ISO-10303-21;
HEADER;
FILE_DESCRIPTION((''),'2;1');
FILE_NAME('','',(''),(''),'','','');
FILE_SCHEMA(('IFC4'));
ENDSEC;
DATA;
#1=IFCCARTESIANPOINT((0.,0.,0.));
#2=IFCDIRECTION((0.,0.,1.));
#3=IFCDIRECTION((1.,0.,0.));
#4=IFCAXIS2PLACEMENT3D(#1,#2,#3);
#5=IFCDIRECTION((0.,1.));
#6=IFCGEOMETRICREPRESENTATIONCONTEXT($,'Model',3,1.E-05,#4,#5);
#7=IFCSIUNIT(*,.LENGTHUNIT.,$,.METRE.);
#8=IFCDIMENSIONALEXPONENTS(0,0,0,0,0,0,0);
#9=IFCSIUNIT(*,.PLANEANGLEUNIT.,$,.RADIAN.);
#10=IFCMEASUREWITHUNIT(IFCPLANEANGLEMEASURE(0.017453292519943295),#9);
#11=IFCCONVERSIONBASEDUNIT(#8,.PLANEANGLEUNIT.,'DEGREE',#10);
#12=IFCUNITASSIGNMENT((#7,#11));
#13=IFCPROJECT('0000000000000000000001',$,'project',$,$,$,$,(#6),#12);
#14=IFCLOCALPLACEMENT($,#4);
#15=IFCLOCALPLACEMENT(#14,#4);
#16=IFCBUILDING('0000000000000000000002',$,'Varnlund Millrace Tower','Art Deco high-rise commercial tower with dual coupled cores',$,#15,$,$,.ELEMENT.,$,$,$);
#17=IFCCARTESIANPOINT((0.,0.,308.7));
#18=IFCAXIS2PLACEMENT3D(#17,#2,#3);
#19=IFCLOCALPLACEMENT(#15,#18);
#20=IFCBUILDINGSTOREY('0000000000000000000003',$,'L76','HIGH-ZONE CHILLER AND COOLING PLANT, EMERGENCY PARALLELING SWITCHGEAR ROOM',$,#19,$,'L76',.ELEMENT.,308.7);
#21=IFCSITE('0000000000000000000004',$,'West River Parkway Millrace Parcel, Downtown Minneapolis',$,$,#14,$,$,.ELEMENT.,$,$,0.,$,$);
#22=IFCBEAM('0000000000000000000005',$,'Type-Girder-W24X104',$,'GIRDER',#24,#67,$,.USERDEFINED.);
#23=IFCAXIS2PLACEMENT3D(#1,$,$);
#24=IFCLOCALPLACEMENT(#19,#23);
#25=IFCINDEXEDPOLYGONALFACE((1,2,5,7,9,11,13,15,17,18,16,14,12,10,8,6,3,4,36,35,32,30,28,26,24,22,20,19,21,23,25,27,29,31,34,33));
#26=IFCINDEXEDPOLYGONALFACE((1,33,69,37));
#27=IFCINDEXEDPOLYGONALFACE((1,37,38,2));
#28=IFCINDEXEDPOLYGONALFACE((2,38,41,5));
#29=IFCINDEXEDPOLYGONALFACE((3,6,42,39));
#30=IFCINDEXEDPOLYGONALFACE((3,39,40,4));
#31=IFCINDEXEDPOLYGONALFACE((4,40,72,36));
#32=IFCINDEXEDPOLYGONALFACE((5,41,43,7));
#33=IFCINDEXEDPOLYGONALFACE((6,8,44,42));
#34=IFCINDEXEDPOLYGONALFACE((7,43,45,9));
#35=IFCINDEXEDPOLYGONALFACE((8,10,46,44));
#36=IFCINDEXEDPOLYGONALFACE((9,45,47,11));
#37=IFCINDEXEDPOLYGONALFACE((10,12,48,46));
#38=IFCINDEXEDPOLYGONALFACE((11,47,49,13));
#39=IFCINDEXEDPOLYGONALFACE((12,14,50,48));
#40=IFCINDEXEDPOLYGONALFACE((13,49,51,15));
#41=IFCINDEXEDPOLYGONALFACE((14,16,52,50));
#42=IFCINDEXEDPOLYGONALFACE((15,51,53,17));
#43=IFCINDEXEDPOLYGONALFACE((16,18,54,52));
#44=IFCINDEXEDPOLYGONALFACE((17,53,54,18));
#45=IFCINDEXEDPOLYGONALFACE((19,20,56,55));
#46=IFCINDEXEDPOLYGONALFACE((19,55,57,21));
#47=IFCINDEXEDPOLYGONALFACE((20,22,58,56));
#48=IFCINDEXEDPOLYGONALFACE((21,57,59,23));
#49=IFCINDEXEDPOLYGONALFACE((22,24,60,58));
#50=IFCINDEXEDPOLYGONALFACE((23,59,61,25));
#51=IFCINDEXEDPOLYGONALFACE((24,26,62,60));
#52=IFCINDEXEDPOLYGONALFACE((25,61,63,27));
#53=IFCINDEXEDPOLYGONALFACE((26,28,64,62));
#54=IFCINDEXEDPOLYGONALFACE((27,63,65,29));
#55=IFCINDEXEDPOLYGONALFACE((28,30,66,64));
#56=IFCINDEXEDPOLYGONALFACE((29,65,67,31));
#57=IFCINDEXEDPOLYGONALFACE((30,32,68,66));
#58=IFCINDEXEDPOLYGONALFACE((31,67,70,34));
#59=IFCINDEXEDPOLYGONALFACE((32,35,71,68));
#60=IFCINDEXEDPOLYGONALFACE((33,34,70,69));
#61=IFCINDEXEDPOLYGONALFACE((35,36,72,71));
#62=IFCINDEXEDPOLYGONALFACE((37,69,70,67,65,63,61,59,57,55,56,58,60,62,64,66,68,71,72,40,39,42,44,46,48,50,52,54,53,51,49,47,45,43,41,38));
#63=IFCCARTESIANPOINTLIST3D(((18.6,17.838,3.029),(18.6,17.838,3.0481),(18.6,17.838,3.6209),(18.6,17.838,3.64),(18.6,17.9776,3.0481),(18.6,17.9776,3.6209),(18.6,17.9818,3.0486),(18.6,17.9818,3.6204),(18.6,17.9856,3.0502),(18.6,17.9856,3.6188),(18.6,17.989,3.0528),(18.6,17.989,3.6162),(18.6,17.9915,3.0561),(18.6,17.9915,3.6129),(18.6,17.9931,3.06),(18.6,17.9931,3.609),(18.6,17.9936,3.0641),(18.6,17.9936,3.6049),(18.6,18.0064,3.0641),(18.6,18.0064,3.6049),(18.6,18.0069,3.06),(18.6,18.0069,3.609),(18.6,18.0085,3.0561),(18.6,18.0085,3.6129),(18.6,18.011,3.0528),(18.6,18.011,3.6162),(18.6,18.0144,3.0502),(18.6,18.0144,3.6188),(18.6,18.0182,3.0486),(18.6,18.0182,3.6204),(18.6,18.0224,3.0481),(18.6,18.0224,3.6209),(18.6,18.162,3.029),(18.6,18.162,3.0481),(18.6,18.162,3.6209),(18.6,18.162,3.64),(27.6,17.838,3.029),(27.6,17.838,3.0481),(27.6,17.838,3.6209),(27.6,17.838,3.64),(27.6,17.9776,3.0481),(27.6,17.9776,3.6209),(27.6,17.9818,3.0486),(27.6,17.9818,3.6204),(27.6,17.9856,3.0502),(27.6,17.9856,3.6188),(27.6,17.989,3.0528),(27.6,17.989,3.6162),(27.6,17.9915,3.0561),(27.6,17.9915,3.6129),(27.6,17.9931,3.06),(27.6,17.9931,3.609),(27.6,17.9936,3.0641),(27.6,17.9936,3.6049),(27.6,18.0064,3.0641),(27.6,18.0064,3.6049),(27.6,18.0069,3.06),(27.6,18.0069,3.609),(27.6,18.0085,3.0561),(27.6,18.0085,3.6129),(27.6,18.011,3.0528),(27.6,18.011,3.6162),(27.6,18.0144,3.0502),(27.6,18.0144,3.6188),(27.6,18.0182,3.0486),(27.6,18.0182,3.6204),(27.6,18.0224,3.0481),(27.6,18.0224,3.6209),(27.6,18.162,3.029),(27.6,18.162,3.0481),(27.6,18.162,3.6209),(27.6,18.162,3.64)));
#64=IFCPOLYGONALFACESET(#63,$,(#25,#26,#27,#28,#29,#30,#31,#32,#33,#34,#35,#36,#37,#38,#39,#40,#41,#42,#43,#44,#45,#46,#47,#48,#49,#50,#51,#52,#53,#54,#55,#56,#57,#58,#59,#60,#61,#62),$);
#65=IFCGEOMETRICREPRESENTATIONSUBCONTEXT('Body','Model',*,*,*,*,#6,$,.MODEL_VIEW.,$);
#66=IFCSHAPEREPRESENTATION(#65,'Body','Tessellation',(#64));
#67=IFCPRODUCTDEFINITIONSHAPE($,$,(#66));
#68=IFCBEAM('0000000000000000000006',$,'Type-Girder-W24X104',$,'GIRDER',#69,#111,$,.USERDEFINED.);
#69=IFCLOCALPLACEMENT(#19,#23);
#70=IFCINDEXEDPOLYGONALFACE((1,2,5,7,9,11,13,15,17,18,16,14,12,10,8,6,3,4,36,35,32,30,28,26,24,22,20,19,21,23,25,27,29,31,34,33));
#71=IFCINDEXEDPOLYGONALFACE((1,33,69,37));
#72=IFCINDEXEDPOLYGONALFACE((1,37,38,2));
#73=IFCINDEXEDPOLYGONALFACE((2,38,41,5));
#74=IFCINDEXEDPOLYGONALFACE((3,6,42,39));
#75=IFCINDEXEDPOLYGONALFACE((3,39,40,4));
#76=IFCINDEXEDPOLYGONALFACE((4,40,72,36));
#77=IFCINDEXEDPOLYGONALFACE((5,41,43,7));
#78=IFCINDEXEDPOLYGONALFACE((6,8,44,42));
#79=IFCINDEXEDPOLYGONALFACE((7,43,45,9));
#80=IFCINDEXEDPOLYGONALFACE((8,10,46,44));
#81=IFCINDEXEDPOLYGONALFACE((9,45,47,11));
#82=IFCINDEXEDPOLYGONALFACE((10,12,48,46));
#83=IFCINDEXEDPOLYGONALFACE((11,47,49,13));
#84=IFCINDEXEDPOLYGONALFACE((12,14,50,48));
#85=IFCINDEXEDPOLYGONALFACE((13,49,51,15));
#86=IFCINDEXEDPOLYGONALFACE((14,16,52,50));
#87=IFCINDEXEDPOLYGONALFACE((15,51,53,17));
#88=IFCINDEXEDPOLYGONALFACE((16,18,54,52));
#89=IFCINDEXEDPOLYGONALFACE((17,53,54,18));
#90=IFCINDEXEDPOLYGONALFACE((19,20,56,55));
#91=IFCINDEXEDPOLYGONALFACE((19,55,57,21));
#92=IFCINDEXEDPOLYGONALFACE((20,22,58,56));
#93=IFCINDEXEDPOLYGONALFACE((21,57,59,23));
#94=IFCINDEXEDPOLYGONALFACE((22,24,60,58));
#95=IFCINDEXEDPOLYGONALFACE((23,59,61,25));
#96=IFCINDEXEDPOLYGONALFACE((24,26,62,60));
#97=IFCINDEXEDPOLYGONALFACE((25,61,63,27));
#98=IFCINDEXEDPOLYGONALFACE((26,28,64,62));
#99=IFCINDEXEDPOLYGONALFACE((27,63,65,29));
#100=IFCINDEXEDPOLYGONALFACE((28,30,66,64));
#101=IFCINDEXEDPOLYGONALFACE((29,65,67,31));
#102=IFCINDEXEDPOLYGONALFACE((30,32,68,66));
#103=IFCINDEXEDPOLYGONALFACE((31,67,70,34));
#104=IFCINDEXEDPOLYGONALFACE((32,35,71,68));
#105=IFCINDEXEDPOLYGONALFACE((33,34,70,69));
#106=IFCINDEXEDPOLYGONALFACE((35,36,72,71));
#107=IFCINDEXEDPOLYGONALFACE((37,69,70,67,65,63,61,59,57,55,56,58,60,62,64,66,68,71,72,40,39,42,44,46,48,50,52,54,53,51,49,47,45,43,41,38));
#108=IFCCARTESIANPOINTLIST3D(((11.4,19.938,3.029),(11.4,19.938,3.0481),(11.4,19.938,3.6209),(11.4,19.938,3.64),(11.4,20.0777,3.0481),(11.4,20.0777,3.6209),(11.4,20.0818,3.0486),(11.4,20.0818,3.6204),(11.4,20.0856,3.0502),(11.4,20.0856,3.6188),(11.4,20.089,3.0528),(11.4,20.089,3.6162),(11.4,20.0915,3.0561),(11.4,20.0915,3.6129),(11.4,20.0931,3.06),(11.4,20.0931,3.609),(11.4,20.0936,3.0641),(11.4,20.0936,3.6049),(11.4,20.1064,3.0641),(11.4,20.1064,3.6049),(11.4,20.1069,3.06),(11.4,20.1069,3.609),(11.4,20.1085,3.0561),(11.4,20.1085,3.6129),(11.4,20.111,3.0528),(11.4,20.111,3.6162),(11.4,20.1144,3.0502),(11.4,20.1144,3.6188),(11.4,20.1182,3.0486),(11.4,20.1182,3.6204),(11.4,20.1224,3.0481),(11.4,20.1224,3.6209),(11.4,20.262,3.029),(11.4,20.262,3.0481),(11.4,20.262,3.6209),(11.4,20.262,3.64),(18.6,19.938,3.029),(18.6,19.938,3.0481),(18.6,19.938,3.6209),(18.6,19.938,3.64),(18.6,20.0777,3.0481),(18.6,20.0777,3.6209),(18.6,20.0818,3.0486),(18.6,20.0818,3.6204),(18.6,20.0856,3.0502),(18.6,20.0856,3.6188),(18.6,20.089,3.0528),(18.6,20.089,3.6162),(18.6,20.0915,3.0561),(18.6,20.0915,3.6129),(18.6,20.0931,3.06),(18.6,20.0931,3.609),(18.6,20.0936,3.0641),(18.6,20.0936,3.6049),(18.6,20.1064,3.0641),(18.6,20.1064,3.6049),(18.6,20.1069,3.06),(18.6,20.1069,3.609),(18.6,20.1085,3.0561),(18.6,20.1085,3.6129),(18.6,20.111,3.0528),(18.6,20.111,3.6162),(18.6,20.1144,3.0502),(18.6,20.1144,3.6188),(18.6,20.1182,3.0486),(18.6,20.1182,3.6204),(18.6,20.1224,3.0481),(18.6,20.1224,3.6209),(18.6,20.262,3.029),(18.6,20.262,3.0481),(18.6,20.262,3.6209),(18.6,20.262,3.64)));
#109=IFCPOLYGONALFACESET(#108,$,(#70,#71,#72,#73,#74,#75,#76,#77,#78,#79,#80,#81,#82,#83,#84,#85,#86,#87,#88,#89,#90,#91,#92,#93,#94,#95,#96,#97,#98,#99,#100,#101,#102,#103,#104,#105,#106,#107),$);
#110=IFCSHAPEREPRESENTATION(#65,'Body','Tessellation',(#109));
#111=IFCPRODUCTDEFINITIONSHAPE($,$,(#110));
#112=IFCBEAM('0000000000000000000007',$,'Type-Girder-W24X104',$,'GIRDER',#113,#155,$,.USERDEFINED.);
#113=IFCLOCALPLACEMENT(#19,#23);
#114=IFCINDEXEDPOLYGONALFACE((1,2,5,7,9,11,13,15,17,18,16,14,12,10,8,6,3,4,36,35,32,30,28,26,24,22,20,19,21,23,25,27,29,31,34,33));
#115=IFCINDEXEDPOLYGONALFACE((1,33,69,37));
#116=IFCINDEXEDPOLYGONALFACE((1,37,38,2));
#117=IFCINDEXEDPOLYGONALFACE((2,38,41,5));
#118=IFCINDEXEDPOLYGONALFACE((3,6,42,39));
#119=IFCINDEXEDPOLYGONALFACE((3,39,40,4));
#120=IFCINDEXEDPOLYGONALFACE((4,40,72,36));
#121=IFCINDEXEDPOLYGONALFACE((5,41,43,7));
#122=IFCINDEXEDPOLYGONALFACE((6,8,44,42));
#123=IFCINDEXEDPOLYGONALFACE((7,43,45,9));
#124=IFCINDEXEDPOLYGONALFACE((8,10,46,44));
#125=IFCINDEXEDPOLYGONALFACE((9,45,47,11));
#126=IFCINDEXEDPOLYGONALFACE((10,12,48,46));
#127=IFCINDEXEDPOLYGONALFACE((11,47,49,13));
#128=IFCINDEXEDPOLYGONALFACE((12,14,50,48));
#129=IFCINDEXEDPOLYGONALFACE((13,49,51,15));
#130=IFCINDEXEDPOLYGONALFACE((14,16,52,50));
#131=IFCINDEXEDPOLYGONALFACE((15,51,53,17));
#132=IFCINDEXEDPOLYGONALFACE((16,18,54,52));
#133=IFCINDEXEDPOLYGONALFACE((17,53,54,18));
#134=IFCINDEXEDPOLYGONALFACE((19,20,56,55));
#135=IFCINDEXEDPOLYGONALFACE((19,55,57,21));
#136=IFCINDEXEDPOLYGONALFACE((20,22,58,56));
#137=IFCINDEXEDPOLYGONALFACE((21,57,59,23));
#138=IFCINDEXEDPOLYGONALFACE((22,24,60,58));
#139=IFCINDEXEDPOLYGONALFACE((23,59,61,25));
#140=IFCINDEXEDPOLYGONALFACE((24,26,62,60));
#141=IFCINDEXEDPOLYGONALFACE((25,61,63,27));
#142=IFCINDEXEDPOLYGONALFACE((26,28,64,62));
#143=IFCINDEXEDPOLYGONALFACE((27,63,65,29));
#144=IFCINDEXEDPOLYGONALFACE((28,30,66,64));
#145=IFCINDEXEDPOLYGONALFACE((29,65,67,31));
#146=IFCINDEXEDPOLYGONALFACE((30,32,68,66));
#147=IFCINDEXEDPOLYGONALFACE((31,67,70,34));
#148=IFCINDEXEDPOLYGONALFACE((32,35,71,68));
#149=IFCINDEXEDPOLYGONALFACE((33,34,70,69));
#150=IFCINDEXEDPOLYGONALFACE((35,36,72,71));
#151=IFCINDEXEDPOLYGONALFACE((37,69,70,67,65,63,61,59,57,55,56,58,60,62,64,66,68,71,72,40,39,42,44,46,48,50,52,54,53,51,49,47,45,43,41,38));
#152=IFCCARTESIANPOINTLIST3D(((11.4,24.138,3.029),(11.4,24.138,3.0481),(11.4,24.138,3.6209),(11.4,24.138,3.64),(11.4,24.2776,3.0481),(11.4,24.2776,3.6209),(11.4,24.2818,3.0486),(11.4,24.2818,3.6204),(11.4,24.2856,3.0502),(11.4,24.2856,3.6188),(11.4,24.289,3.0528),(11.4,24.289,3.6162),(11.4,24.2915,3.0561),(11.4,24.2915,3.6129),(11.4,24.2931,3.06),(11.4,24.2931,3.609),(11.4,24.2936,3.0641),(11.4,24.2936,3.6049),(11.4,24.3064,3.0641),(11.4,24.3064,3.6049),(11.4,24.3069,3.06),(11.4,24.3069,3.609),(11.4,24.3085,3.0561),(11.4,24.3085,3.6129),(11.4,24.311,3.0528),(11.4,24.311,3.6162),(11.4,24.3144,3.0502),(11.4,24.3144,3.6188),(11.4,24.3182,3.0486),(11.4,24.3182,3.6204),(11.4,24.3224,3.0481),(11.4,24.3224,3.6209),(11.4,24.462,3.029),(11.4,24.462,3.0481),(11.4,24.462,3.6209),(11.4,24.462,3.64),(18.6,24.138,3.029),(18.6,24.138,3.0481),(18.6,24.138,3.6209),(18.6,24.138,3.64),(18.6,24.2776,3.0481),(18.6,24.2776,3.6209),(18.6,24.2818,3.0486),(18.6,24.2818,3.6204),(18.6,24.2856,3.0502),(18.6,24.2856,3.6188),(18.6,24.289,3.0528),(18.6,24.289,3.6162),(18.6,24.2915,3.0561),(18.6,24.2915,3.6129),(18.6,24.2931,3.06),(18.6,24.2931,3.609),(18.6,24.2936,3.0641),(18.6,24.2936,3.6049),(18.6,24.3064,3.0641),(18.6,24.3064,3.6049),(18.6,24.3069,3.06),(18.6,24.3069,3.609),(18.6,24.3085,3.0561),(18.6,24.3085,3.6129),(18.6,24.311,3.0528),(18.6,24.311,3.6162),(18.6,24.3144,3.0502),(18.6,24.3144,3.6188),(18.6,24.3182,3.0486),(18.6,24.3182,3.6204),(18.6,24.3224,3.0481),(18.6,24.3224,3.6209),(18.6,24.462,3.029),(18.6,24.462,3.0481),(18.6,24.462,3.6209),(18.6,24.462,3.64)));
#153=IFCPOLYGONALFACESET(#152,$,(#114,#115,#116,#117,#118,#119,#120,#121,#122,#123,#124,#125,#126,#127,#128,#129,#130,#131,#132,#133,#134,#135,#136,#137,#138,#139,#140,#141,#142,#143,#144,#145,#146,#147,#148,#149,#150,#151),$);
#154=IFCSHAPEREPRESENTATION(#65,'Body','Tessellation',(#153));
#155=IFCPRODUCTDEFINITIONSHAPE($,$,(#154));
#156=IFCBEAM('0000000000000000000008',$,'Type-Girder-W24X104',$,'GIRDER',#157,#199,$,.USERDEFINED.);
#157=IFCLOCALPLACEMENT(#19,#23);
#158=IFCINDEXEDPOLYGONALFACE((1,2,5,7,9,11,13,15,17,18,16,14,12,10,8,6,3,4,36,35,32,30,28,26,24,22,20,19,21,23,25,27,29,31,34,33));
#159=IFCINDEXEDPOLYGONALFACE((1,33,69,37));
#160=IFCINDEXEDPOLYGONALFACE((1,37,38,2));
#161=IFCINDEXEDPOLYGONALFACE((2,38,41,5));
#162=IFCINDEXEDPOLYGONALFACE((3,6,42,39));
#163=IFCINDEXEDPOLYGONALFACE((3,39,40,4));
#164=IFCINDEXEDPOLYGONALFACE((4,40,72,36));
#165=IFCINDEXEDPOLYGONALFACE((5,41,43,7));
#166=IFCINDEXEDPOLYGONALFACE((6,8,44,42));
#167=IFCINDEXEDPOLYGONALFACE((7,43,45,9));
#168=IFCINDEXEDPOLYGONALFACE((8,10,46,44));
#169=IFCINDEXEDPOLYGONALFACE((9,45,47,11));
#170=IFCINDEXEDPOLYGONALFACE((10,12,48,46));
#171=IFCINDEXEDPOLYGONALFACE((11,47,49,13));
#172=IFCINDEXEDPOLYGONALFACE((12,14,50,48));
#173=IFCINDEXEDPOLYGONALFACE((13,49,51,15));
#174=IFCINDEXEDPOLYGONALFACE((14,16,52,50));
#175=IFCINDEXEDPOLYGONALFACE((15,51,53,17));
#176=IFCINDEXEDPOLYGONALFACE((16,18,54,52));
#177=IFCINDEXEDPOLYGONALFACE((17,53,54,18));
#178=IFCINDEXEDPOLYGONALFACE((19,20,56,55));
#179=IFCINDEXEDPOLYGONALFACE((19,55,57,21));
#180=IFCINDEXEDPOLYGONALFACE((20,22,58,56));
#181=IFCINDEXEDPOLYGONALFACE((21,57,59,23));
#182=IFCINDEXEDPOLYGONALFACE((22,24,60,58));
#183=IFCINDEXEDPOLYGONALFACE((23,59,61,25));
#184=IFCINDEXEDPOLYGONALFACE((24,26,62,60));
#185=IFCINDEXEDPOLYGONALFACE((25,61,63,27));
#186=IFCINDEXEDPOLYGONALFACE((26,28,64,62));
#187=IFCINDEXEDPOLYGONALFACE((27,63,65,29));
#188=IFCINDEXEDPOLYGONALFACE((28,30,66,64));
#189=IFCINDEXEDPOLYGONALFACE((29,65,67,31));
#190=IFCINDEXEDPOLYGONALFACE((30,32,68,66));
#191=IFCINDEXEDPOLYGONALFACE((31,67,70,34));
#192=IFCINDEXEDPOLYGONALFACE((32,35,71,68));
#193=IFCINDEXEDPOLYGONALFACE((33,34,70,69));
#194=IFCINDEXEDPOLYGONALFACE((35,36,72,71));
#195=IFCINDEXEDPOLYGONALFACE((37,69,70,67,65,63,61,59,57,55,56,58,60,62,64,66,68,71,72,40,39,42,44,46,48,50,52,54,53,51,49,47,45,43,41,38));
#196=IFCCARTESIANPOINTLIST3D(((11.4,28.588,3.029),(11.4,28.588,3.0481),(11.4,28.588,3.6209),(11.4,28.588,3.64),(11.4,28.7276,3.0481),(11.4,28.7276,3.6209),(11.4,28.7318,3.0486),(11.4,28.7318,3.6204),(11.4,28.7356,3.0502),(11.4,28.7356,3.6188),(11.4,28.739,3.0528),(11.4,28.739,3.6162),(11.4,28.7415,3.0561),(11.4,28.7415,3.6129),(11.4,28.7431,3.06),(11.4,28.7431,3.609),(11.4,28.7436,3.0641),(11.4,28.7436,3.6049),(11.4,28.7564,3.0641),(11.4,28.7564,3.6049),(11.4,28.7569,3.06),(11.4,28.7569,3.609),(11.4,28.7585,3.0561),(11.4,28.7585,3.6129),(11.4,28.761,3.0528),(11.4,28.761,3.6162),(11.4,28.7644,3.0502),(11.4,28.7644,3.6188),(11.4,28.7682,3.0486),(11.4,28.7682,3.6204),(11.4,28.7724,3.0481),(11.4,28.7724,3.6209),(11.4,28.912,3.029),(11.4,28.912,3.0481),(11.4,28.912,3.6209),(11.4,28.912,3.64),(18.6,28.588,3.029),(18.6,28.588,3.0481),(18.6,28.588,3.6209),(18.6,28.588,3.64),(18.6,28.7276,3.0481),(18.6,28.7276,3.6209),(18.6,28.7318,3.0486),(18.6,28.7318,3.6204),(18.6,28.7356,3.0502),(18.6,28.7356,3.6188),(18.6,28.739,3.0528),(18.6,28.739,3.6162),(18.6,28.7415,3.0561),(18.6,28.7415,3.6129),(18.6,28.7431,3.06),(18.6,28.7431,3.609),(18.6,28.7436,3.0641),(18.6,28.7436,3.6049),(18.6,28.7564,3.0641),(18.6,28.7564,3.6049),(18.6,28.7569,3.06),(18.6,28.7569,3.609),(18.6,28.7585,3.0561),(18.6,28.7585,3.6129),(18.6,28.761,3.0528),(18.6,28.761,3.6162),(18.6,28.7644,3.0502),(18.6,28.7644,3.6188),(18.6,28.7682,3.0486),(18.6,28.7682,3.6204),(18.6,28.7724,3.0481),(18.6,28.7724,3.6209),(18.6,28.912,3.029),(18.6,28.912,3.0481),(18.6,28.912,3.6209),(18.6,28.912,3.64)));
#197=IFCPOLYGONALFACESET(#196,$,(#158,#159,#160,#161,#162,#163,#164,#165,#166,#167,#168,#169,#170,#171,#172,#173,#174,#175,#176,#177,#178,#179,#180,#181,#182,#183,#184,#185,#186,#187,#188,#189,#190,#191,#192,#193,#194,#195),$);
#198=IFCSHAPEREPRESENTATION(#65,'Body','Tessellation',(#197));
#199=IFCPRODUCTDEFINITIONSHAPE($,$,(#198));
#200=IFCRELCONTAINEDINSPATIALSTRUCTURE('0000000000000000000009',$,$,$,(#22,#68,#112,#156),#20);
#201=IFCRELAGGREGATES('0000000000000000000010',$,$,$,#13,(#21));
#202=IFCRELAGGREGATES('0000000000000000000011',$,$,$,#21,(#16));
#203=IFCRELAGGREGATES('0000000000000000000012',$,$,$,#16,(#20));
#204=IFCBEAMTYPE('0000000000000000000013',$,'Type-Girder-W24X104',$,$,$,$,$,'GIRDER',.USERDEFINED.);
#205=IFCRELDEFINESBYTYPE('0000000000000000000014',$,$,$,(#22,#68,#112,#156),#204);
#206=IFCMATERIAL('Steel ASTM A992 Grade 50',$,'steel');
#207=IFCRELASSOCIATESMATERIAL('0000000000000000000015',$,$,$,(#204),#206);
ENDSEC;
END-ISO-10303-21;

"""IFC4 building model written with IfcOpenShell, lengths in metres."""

from ifc_helpers import new_model, entity, si_unit, converted_unit, direction, frame, origin_with_axes, origin_2d_with_axis, place, context, subcontext, project, spatial, i_section, extrude, material, material_profile, profile_set, type_object, element, save


model = new_model("IFC4")

# Units and contexts
model_context = context("Model", 3, precision=1e-05, world=origin_with_axes(), true_north=direction((0.0, 1.0)))
body_context = subcontext(model_context, "Body", "Model", "MODEL_VIEW")
ifc_project = project(units=[si_unit("LENGTHUNIT", "METRE"), converted_unit("PLANEANGLEUNIT", "DEGREE", entity("IfcPlaneAngleMeasure", 0.017453292519943295), si_unit("PLANEANGLEUNIT", "RADIAN"), dimensions=[0, 0, 0, 0, 0, 0, 0])], contexts=[model_context])

# Site, building, storey
site_placement = place(None, origin_with_axes())
site = spatial("IfcSite", under=ifc_project, at=site_placement, Name="West River Parkway Millrace Parcel, Downtown Minneapolis", CompositionType="ELEMENT", RefElevation=0.0)
building_placement = place(site_placement, origin_with_axes())
building = spatial("IfcBuilding", under=site, at=building_placement, Name="Varnlund Millrace Tower", Description="Art Deco high-rise commercial tower with dual coupled cores", CompositionType="ELEMENT")
storey_placement = place(building_placement, frame((0.0, 0.0, 308.7), z_axis=(0.0, 0.0, 1.0), x_axis=(1.0, 0.0, 0.0)))
storey = spatial("IfcBuildingStorey", under=building, at=storey_placement, Name="L76", Description="HIGH-ZONE CHILLER AND COOLING PLANT, EMERGENCY PARALLELING SWITCHGEAR ROOM", LongName="L76", CompositionType="ELEMENT", Elevation=308.7)

# Shared definitions
ifc_material_1 = material(Name="Steel ASTM A992 Grade 50", Category="steel")

# Beams
ifc_material_profile_1 = material_profile(ifc_material_1, i_section(OverallWidth=0.324, OverallDepth=0.611, WebThickness=0.0127, FlangeThickness=0.0191, FilletRadius=0.016, at=origin_2d_with_axis()), Name="Steel ASTM A992 Grade 50")
ifc_profile_set_1 = profile_set([ifc_material_profile_1], Name="Steel ASTM A992 Grade 50")
beam_type_1 = type_object("IfcBeamType", Name="Type-Girder-W24X104", ElementType="GIRDER", PredefinedType="USERDEFINED", material=ifc_profile_set_1)
for number, where, z_axis, x_axis, name in (
    (1, (18.6, 18.0, 3.3345), (1.0, 0.0, 0.0), (0.0, 1.0, 0.0), "Type-Girder-W24X104"),
):
    element("IfcBeam", number, at=place(storey_placement, frame(where, z_axis=z_axis, x_axis=x_axis)), inside=storey, type_object=beam_type_1, Name=name, ObjectType="GIRDER", PredefinedType="USERDEFINED", context=body_context, shape_type="SweptSolid", body=[
        extrude(i_section(OverallWidth=0.324, OverallDepth=0.611, WebThickness=0.0127, FlangeThickness=0.0191, FilletRadius=0.016, at=origin_2d_with_axis()), origin_with_axes(), (0.0, 0.0, 1.0), 9.0),
    ])
for number, where, z_axis, x_axis, name in (
    (2, (11.4, 20.1, 3.3345), (1.0, 0.0, 0.0), (0.0, 1.0, 0.0), "Type-Girder-W24X104"),
    (3, (11.4, 24.3, 3.3345), (1.0, 0.0, 0.0), (0.0, 1.0, 0.0), "Type-Girder-W24X104"),
    (4, (11.4, 28.75, 3.3345), (1.0, 0.0, 0.0), (0.0, 1.0, 0.0), "Type-Girder-W24X104"),
):
    element("IfcBeam", number, at=place(storey_placement, frame(where, z_axis=z_axis, x_axis=x_axis)), inside=storey, type_object=beam_type_1, Name=name, ObjectType="GIRDER", PredefinedType="USERDEFINED", context=body_context, shape_type="SweptSolid", body=[
        extrude(i_section(OverallWidth=0.324, OverallDepth=0.611, WebThickness=0.0127, FlangeThickness=0.0191, FilletRadius=0.016, at=origin_2d_with_axis()), origin_with_axes(), (0.0, 0.0, 1.0), 7.2),
    ])

save(model, "model.ifc")
